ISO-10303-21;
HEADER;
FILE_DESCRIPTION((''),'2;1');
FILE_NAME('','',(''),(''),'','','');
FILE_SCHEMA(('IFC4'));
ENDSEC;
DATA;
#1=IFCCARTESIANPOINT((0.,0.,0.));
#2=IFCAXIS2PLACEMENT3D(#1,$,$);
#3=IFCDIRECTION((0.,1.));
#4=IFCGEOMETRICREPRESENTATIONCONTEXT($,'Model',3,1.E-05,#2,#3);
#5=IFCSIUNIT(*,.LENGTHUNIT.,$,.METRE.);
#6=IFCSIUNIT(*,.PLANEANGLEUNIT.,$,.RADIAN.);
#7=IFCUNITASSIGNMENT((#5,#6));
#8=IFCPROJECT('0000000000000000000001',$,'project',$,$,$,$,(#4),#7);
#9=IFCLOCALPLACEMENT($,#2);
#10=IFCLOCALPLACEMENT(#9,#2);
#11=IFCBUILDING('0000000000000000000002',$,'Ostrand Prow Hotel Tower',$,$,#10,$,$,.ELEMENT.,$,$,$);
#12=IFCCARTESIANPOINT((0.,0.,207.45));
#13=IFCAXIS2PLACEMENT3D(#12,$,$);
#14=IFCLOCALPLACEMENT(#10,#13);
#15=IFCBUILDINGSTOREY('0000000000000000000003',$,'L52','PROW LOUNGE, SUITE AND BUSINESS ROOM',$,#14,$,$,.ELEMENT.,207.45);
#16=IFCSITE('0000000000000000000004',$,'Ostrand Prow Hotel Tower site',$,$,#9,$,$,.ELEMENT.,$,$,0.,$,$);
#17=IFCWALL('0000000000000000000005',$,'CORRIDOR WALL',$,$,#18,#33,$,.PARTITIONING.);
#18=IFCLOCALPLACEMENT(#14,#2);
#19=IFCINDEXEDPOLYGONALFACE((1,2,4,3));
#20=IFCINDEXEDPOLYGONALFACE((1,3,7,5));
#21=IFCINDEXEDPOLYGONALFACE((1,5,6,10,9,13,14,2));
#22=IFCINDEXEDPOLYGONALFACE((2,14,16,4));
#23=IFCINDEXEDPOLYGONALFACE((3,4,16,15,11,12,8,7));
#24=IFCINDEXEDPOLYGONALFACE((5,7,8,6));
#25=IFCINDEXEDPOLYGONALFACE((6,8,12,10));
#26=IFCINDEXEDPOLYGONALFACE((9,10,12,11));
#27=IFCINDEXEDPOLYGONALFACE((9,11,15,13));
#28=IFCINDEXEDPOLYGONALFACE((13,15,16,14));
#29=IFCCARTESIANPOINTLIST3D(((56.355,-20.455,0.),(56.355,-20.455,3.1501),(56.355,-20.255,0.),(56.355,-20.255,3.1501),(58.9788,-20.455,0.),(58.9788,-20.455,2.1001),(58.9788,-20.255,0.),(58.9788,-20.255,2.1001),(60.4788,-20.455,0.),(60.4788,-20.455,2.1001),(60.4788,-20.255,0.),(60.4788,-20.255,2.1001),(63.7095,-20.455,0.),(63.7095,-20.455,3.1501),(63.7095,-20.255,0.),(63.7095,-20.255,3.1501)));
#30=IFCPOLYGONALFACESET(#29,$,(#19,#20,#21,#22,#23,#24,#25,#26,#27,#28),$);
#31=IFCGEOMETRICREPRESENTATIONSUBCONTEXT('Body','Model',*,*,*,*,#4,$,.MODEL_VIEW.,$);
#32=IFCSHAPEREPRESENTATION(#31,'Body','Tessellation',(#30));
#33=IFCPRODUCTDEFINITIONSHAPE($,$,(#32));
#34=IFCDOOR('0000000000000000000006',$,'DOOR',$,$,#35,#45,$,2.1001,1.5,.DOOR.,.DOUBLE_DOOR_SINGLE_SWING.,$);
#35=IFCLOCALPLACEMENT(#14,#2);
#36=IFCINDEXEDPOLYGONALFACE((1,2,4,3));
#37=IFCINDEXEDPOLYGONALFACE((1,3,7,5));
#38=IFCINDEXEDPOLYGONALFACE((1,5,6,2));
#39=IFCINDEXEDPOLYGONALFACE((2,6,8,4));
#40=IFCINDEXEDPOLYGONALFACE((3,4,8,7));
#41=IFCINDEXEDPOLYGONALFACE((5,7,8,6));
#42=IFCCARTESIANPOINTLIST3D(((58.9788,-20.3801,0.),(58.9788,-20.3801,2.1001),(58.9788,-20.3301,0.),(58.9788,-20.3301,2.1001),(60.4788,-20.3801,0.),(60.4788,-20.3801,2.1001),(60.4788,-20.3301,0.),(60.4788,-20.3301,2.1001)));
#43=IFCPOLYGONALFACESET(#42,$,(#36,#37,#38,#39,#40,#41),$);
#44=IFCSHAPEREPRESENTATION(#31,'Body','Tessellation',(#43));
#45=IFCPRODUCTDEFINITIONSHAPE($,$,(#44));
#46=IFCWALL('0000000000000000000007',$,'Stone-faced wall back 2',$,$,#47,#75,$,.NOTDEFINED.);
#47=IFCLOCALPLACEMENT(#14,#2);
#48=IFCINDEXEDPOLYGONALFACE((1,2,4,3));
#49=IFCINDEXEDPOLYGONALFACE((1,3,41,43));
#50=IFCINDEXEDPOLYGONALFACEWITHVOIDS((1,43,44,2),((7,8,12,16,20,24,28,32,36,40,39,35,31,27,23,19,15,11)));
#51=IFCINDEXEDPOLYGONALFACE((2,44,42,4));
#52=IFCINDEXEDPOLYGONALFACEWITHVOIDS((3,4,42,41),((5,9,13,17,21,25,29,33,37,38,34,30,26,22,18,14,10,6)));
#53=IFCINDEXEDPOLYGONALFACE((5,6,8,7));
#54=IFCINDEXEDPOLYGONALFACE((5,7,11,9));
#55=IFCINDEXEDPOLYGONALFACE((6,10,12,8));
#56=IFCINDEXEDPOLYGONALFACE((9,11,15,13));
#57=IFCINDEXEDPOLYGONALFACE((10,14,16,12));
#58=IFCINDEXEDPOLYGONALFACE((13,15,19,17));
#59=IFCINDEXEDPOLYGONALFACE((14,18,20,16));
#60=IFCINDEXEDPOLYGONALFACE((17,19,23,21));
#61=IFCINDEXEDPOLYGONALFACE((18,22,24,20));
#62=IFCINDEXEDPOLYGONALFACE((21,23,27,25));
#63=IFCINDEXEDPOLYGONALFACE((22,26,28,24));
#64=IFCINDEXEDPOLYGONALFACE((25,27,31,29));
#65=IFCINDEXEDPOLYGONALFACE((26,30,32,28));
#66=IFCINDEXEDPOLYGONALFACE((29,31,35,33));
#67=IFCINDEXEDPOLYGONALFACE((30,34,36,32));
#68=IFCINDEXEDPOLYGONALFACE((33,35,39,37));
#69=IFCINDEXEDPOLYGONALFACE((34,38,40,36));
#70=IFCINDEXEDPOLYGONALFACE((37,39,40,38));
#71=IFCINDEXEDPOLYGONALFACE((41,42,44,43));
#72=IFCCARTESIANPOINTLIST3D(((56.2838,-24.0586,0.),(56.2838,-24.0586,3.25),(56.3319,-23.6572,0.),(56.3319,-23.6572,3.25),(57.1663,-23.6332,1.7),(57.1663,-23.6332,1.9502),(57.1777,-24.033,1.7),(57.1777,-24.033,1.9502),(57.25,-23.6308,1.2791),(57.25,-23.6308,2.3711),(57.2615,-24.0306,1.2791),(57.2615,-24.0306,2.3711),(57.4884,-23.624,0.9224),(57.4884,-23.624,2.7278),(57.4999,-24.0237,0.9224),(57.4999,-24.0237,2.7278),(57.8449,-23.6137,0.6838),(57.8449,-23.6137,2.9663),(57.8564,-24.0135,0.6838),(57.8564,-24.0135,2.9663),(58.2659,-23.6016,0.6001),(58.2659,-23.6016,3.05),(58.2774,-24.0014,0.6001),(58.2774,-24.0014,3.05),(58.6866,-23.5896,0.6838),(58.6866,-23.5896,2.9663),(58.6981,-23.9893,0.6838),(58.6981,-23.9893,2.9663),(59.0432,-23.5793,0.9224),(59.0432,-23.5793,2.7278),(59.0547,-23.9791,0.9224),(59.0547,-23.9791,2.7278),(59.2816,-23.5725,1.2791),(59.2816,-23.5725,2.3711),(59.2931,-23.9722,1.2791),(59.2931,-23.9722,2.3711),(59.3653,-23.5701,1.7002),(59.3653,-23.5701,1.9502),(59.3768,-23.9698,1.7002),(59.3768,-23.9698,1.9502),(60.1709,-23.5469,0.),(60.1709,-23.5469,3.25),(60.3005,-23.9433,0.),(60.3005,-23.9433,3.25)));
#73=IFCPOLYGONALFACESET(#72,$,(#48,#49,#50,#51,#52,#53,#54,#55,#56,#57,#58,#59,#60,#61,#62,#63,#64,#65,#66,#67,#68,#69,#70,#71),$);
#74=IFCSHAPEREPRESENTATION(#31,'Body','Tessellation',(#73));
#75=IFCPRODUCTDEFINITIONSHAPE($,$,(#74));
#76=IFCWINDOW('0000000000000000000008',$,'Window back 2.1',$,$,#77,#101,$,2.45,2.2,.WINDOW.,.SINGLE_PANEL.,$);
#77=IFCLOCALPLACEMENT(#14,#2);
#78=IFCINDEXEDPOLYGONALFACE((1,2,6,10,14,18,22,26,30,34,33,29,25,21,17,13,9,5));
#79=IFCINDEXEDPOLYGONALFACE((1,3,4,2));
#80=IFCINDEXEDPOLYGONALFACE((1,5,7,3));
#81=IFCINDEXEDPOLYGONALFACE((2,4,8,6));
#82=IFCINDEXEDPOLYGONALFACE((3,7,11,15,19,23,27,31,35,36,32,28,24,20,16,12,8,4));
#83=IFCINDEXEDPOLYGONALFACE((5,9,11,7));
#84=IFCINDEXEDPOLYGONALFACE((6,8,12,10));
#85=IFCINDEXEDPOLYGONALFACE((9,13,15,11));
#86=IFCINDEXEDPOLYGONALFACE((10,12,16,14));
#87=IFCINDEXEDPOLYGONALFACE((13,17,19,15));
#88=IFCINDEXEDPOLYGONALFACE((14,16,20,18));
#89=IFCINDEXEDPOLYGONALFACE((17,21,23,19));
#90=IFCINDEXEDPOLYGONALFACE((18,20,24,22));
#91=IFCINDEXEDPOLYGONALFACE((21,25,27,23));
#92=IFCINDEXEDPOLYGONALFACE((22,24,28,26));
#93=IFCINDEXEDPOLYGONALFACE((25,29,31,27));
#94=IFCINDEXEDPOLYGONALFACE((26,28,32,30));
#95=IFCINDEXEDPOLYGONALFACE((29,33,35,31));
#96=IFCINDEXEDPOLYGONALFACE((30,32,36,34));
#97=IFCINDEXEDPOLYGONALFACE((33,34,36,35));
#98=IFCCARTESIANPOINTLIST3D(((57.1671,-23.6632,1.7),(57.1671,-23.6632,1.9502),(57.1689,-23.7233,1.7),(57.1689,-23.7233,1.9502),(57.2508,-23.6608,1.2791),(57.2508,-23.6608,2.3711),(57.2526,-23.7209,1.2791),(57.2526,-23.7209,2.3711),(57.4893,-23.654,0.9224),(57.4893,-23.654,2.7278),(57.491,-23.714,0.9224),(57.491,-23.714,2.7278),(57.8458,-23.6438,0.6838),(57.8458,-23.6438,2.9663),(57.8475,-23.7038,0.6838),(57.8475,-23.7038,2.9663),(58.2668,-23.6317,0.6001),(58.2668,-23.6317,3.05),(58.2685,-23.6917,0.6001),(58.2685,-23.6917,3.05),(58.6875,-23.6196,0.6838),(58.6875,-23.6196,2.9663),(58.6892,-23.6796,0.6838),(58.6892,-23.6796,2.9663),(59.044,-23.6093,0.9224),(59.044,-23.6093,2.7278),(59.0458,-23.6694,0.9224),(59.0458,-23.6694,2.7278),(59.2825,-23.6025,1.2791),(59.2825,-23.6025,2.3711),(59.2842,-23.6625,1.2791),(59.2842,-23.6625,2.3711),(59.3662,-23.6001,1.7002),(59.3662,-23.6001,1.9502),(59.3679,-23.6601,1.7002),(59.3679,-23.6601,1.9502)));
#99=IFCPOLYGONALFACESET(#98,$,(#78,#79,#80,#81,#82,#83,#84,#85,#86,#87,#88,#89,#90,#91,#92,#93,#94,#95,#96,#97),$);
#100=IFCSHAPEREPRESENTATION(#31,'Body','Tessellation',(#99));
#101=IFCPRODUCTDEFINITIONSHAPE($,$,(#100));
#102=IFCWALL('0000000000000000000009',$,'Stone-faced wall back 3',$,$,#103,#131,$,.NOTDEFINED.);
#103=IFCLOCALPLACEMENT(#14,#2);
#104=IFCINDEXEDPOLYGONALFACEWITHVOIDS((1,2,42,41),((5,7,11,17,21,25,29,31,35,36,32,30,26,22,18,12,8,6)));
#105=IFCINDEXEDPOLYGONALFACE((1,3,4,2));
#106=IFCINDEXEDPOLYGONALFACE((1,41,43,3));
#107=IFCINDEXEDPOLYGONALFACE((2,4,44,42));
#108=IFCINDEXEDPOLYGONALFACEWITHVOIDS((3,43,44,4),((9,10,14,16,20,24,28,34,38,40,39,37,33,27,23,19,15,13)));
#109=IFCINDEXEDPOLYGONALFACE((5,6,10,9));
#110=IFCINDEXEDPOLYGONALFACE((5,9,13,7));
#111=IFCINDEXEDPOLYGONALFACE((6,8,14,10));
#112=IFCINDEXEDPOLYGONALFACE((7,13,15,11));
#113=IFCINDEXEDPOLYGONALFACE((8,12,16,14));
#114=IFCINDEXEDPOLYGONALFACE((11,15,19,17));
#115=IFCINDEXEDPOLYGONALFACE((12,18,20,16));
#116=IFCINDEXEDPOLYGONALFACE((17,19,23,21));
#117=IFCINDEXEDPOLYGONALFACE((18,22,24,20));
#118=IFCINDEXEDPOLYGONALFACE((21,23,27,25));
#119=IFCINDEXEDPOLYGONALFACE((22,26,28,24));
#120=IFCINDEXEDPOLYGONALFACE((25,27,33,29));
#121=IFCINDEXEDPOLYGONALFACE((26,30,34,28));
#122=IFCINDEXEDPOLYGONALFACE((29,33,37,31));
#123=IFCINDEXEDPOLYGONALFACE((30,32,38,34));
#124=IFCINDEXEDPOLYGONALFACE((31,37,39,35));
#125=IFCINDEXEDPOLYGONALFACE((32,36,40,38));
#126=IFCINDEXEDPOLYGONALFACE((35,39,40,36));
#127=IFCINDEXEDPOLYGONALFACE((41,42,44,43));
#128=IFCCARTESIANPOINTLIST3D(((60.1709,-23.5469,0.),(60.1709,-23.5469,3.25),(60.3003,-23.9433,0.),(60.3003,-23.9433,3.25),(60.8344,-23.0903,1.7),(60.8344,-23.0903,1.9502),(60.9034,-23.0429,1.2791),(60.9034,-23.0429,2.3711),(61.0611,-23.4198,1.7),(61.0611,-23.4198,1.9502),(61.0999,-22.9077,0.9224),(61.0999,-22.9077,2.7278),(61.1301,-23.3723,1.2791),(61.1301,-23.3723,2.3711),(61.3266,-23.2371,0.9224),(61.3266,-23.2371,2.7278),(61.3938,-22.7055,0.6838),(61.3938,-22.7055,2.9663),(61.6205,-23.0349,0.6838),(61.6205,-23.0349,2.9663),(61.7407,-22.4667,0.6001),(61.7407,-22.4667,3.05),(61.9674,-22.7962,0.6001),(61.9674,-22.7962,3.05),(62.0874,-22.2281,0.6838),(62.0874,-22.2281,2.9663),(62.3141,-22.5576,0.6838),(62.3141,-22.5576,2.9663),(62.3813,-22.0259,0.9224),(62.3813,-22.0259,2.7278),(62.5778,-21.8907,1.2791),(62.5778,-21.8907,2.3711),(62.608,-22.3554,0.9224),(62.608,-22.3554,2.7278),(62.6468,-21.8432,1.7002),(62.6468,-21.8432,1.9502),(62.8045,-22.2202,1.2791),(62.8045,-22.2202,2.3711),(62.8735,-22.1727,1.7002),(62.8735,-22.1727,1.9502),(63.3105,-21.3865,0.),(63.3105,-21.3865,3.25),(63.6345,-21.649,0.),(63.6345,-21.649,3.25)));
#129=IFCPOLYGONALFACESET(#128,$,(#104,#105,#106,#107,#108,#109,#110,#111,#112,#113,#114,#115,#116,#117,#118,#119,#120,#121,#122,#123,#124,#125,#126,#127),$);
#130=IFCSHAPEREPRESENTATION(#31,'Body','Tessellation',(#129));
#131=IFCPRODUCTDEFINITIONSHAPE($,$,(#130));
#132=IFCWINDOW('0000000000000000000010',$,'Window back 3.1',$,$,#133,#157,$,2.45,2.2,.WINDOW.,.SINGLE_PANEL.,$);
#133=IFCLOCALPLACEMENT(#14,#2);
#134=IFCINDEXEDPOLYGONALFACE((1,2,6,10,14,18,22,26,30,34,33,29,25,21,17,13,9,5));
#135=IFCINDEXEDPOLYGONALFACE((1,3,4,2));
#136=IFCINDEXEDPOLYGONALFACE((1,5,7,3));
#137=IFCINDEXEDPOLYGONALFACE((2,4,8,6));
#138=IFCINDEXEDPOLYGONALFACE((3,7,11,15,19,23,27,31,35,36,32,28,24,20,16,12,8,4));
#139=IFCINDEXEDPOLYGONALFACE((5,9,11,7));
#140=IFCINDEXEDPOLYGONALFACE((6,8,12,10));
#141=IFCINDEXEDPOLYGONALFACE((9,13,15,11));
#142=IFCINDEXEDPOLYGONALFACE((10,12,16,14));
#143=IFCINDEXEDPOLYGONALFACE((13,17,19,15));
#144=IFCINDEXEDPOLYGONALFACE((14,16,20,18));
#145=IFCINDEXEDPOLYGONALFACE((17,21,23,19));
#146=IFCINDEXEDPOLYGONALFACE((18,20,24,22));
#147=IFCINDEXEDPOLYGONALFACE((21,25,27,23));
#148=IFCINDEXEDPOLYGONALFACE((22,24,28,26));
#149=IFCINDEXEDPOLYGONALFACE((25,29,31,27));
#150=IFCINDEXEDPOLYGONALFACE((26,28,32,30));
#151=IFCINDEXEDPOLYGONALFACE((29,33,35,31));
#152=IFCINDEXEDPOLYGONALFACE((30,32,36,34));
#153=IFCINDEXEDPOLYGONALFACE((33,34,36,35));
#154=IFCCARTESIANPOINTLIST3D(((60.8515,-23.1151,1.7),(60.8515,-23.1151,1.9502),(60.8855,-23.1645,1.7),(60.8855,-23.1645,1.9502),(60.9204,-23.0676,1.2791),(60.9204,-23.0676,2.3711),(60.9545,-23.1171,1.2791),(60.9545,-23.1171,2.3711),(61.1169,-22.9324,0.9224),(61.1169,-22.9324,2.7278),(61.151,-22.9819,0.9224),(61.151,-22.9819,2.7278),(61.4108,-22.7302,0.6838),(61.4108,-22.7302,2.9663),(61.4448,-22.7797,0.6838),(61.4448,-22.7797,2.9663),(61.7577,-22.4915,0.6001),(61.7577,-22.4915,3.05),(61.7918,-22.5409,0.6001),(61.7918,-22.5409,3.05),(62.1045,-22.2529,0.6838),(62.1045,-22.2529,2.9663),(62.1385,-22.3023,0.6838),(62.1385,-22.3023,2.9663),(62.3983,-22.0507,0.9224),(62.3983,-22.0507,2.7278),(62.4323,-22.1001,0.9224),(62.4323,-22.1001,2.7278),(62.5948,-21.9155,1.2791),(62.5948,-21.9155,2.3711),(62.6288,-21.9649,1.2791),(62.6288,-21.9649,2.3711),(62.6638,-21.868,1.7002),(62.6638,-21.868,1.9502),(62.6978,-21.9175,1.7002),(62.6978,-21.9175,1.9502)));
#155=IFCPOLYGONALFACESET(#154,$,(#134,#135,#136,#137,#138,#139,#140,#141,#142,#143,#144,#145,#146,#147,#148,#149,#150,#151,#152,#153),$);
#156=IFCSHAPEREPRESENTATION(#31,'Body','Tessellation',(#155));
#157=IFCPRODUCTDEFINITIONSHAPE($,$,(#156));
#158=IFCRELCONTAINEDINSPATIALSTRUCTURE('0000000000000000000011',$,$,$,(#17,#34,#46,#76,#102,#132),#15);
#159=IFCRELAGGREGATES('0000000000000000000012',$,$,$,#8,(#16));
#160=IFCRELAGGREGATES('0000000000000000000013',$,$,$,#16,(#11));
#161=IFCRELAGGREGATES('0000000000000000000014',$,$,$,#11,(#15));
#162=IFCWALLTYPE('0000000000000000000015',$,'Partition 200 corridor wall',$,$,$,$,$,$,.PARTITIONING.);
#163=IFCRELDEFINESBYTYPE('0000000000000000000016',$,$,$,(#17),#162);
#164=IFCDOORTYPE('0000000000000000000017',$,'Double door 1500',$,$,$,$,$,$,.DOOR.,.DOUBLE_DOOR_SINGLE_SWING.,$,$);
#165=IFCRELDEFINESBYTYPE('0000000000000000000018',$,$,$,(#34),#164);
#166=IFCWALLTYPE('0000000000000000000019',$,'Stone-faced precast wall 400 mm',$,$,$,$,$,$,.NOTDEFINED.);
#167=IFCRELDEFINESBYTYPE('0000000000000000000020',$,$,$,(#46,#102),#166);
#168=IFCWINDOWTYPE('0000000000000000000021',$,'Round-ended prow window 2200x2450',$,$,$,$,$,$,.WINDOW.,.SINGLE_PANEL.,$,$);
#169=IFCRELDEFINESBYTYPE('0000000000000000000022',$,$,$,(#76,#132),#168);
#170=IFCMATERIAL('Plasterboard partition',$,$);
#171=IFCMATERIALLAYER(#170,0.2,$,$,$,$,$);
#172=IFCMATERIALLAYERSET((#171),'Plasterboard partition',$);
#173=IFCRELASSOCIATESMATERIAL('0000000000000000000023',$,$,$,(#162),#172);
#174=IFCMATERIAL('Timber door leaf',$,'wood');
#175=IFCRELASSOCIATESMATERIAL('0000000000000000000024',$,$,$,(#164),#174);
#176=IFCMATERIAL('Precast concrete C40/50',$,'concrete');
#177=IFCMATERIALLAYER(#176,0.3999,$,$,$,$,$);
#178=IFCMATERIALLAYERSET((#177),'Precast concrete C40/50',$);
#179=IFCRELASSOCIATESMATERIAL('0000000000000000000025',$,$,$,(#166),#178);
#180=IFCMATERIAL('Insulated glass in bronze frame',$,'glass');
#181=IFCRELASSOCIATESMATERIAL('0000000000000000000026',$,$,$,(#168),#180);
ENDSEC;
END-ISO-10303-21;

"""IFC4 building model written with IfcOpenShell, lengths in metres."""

from ifc_helpers import new_model, si_unit, direction, frame, frame_2d, origin, place, context, subcontext, project, spatial, polyline, rectangle, outline, extrude, material, layer, layer_set, type_object, element, fill, save


model = new_model("IFC4")

# Units and contexts
model_context = context("Model", 3, precision=1e-05, world=origin(), true_north=direction((0.0, 1.0)))
body_context = subcontext(model_context, "Body", "Model", "MODEL_VIEW")
ifc_project = project(units=[si_unit("LENGTHUNIT", "METRE"), si_unit("PLANEANGLEUNIT", "RADIAN")], contexts=[model_context])

# Site, building, storey
site_placement = place(None, origin())
site = spatial("IfcSite", under=ifc_project, at=site_placement, Name="Ostrand Prow Hotel Tower site", CompositionType="ELEMENT", RefElevation=0.0)
building_placement = place(site_placement, origin())
building = spatial("IfcBuilding", under=site, at=building_placement, Name="Ostrand Prow Hotel Tower", CompositionType="ELEMENT")
storey_placement = place(building_placement, frame((0.0, 0.0, 207.45)))
storey = spatial("IfcBuildingStorey", under=building, at=storey_placement, Name="L52", Description="PROW LOUNGE, SUITE AND BUSINESS ROOM", CompositionType="ELEMENT", Elevation=207.45)

# Wall, opening, door
ifc_material_1 = material(Name="Plasterboard partition")
ifc_layer_1 = layer(ifc_material_1, 0.2)
ifc_layer_set_1 = layer_set([ifc_layer_1], Name="Plasterboard partition")
wall_type_1 = type_object("IfcWallType", Name="Partition 200 corridor wall", PredefinedType="PARTITIONING", material=ifc_layer_set_1)
wall_1_placement = place(storey_placement, frame((56.355, -20.355, 0.0), z_axis=(0.0, 0.0, 1.0), x_axis=(1.0, 0.0, 0.0)))
wall_1 = element("IfcWall", 1, at=wall_1_placement, inside=storey, type_object=wall_type_1, Name="CORRIDOR WALL", PredefinedType="PARTITIONING", context=body_context, shape_type="SweptSolid", body=[
    extrude(rectangle(XDim=7.3545, YDim=0.2, at=frame_2d((3.6772, 0.0))), origin(), (0.0, 0.0, 1.0), 3.1501),
])
opening_1_placement = place(wall_1_placement, frame((2.6238, 0.0, 0.0)))
opening_1 = element("IfcOpeningElement", 2, at=opening_1_placement, cuts=wall_1, PredefinedType="OPENING", context=body_context, shape_type="SweptSolid", body=[
    extrude(rectangle(XDim=1.5, YDim=2.1001, at=frame_2d((0.75, 1.05))), frame((0.0, 0.1099, 0.0), z_axis=(0.0, -1.0, 0.0), x_axis=(1.0, 0.0, 0.0)), (0.0, 0.0, 1.0), 0.22),
])
ifc_material_2 = material(Name="Timber door leaf", Category="wood")
door_type_1 = type_object("IfcDoorType", Name="Double door 1500", OperationType="DOUBLE_DOOR_SINGLE_SWING", PredefinedType="DOOR", material=ifc_material_2)
door_1_placement = place(opening_1_placement, origin())
door_1 = element("IfcDoor", 3, at=door_1_placement, inside=storey, type_object=door_type_1, Name="DOOR", OperationType="DOUBLE_DOOR_SINGLE_SWING", OverallHeight=2.1001, OverallWidth=1.5, PredefinedType="DOOR", context=body_context, shape_type="SweptSolid", body=[
    extrude(rectangle(XDim=1.5, YDim=2.1001, at=frame_2d((0.75, 1.05))), frame((0.0, 0.0249, 0.0), z_axis=(0.0, -1.0, 0.0), x_axis=(1.0, 0.0, 0.0)), (0.0, 0.0, 1.0), 0.05),
])
fill(opening_1, door_1)

# Walls, openings, windows
ifc_material_3 = material(Name="Precast concrete C40/50", Category="concrete")
ifc_layer_2 = layer(ifc_material_3, 0.3999)
ifc_layer_set_2 = layer_set([ifc_layer_2], Name="Precast concrete C40/50")
wall_type_2 = type_object("IfcWallType", Name="Stone-faced precast wall 400 mm", PredefinedType="NOTDEFINED", material=ifc_layer_set_2)
wall_2_placement = place(storey_placement, frame((56.3079, -23.8579, 0.0), z_axis=(0.0, 0.0, 1.0), x_axis=(0.999588, 0.028705, 0.0)))
wall_2 = element("IfcWall", 4, at=wall_2_placement, inside=storey, type_object=wall_type_2, Name="Stone-faced wall back 2", PredefinedType="NOTDEFINED", context=body_context, shape_type="SweptSolid", body=[
    extrude(outline(polyline([(-0.0298, -0.2), (3.9885, -0.2), (3.8704, 0.2), (0.0298, 0.2), (-0.0298, -0.2)])), origin(), (0.0, 0.0, 1.0), 3.25),
])
opening_2_placement = place(wall_2_placement, frame((0.8645, 0.0, 0.6001)))
opening_2 = element("IfcOpeningElement", 5, at=opening_2_placement, cuts=wall_2, PredefinedType="OPENING", context=body_context, shape_type="SweptSolid", body=[
    extrude(outline(polyline([(0.0, 1.3501), (0.0837, 1.771), (0.3223, 2.1277), (0.679, 2.3662), (1.1001, 2.45), (1.521, 2.3662), (1.8777, 2.1277), (2.1162, 1.771), (2.2, 1.3501), (2.2, 1.1001), (2.1162, 0.679), (1.8777, 0.3223), (1.521, 0.0837), (1.1001, 0.0), (0.679, 0.0837), (0.3223, 0.3223), (0.0837, 0.679), (0.0, 1.0999), (0.0, 1.3501)])), frame((0.0, 0.21, 0.0), z_axis=(0.0, -1.0, 0.0), x_axis=(1.0, 0.0, 0.0)), (0.0, 0.0, 1.0), 0.4199),
])
ifc_material_4 = material(Name="Insulated glass in bronze frame", Category="glass")
window_type = type_object("IfcWindowType", Name="Round-ended prow window 2200x2450", PartitioningType="SINGLE_PANEL", PredefinedType="WINDOW", material=ifc_material_4)
window_1_placement = place(opening_2_placement, origin())
window_1 = element("IfcWindow", 6, at=window_1_placement, inside=storey, type_object=window_type, Name="Window back 2.1", OverallHeight=2.45, OverallWidth=2.2, PartitioningType="SINGLE_PANEL", PredefinedType="WINDOW", context=body_context, shape_type="SweptSolid", body=[
    extrude(outline(polyline([(0.0, 1.3501), (0.0837, 1.771), (0.3223, 2.1277), (0.679, 2.3662), (1.1001, 2.45), (1.521, 2.3662), (1.8777, 2.1277), (2.1162, 1.771), (2.2, 1.3501), (2.2, 1.1001), (2.1162, 0.679), (1.8777, 0.3223), (1.521, 0.0837), (1.1001, 0.0), (0.679, 0.0837), (0.3223, 0.3223), (0.0837, 0.679), (0.0, 1.0999), (0.0, 1.3501)])), frame((0.0, 0.1699, 0.0), z_axis=(0.0, -1.0, 0.0), x_axis=(1.0, 0.0, 0.0)), (0.0, 0.0, 1.0), 0.0601),
])
fill(opening_2, window_1)
wall_3_placement = place(storey_placement, frame((60.2356, -23.7451, 0.0), z_axis=(0.0, 0.0, 1.0), x_axis=(0.823806, 0.566872, 0.0)))
wall_3 = element("IfcWall", 7, at=wall_3_placement, inside=storey, type_object=wall_type_2, Name="Stone-faced wall back 3", PredefinedType="NOTDEFINED", context=body_context, shape_type="SweptSolid", body=[
    extrude(outline(polyline([(-0.0591, -0.2), (3.9883, -0.2), (3.8701, 0.2), (0.0591, 0.2), (-0.0591, -0.2)])), origin(), (0.0, 0.0, 1.0), 3.25),
])
opening_3_placement = place(wall_3_placement, frame((0.8645, 0.0, 0.6001)))
opening_3 = element("IfcOpeningElement", 8, at=opening_3_placement, cuts=wall_3, PredefinedType="OPENING", context=body_context, shape_type="SweptSolid", body=[
    extrude(outline(polyline([(0.0, 1.3501), (0.0837, 1.771), (0.3223, 2.1277), (0.679, 2.3662), (1.1001, 2.45), (1.521, 2.3662), (1.8777, 2.1277), (2.1162, 1.771), (2.2, 1.3501), (2.2, 1.1001), (2.1162, 0.679), (1.8777, 0.3223), (1.521, 0.0837), (1.1001, 0.0), (0.679, 0.0837), (0.3223, 0.3223), (0.0837, 0.679), (0.0, 1.0999), (0.0, 1.3501)])), frame((0.0, 0.21, 0.0), z_axis=(0.0, -1.0, 0.0), x_axis=(1.0, 0.0, 0.0)), (0.0, 0.0, 1.0), 0.4199),
])
window_2_placement = place(opening_3_placement, origin())
window_2 = element("IfcWindow", 9, at=window_2_placement, inside=storey, type_object=window_type, Name="Window back 3.1", OverallHeight=2.45, OverallWidth=2.2, PartitioningType="SINGLE_PANEL", PredefinedType="WINDOW", context=body_context, shape_type="SweptSolid", body=[
    extrude(outline(polyline([(0.0, 1.3501), (0.0837, 1.771), (0.3223, 2.1277), (0.679, 2.3662), (1.1001, 2.45), (1.521, 2.3662), (1.8777, 2.1277), (2.1162, 1.771), (2.2, 1.3501), (2.2, 1.1001), (2.1162, 0.679), (1.8777, 0.3223), (1.521, 0.0837), (1.1001, 0.0), (0.679, 0.0837), (0.3223, 0.3223), (0.0837, 0.679), (0.0, 1.0999), (0.0, 1.3501)])), frame((0.0, 0.1699, 0.0), z_axis=(0.0, -1.0, 0.0), x_axis=(1.0, 0.0, 0.0)), (0.0, 0.0, 1.0), 0.0601),
])
fill(opening_3, window_2)

save(model, "model.ifc")
